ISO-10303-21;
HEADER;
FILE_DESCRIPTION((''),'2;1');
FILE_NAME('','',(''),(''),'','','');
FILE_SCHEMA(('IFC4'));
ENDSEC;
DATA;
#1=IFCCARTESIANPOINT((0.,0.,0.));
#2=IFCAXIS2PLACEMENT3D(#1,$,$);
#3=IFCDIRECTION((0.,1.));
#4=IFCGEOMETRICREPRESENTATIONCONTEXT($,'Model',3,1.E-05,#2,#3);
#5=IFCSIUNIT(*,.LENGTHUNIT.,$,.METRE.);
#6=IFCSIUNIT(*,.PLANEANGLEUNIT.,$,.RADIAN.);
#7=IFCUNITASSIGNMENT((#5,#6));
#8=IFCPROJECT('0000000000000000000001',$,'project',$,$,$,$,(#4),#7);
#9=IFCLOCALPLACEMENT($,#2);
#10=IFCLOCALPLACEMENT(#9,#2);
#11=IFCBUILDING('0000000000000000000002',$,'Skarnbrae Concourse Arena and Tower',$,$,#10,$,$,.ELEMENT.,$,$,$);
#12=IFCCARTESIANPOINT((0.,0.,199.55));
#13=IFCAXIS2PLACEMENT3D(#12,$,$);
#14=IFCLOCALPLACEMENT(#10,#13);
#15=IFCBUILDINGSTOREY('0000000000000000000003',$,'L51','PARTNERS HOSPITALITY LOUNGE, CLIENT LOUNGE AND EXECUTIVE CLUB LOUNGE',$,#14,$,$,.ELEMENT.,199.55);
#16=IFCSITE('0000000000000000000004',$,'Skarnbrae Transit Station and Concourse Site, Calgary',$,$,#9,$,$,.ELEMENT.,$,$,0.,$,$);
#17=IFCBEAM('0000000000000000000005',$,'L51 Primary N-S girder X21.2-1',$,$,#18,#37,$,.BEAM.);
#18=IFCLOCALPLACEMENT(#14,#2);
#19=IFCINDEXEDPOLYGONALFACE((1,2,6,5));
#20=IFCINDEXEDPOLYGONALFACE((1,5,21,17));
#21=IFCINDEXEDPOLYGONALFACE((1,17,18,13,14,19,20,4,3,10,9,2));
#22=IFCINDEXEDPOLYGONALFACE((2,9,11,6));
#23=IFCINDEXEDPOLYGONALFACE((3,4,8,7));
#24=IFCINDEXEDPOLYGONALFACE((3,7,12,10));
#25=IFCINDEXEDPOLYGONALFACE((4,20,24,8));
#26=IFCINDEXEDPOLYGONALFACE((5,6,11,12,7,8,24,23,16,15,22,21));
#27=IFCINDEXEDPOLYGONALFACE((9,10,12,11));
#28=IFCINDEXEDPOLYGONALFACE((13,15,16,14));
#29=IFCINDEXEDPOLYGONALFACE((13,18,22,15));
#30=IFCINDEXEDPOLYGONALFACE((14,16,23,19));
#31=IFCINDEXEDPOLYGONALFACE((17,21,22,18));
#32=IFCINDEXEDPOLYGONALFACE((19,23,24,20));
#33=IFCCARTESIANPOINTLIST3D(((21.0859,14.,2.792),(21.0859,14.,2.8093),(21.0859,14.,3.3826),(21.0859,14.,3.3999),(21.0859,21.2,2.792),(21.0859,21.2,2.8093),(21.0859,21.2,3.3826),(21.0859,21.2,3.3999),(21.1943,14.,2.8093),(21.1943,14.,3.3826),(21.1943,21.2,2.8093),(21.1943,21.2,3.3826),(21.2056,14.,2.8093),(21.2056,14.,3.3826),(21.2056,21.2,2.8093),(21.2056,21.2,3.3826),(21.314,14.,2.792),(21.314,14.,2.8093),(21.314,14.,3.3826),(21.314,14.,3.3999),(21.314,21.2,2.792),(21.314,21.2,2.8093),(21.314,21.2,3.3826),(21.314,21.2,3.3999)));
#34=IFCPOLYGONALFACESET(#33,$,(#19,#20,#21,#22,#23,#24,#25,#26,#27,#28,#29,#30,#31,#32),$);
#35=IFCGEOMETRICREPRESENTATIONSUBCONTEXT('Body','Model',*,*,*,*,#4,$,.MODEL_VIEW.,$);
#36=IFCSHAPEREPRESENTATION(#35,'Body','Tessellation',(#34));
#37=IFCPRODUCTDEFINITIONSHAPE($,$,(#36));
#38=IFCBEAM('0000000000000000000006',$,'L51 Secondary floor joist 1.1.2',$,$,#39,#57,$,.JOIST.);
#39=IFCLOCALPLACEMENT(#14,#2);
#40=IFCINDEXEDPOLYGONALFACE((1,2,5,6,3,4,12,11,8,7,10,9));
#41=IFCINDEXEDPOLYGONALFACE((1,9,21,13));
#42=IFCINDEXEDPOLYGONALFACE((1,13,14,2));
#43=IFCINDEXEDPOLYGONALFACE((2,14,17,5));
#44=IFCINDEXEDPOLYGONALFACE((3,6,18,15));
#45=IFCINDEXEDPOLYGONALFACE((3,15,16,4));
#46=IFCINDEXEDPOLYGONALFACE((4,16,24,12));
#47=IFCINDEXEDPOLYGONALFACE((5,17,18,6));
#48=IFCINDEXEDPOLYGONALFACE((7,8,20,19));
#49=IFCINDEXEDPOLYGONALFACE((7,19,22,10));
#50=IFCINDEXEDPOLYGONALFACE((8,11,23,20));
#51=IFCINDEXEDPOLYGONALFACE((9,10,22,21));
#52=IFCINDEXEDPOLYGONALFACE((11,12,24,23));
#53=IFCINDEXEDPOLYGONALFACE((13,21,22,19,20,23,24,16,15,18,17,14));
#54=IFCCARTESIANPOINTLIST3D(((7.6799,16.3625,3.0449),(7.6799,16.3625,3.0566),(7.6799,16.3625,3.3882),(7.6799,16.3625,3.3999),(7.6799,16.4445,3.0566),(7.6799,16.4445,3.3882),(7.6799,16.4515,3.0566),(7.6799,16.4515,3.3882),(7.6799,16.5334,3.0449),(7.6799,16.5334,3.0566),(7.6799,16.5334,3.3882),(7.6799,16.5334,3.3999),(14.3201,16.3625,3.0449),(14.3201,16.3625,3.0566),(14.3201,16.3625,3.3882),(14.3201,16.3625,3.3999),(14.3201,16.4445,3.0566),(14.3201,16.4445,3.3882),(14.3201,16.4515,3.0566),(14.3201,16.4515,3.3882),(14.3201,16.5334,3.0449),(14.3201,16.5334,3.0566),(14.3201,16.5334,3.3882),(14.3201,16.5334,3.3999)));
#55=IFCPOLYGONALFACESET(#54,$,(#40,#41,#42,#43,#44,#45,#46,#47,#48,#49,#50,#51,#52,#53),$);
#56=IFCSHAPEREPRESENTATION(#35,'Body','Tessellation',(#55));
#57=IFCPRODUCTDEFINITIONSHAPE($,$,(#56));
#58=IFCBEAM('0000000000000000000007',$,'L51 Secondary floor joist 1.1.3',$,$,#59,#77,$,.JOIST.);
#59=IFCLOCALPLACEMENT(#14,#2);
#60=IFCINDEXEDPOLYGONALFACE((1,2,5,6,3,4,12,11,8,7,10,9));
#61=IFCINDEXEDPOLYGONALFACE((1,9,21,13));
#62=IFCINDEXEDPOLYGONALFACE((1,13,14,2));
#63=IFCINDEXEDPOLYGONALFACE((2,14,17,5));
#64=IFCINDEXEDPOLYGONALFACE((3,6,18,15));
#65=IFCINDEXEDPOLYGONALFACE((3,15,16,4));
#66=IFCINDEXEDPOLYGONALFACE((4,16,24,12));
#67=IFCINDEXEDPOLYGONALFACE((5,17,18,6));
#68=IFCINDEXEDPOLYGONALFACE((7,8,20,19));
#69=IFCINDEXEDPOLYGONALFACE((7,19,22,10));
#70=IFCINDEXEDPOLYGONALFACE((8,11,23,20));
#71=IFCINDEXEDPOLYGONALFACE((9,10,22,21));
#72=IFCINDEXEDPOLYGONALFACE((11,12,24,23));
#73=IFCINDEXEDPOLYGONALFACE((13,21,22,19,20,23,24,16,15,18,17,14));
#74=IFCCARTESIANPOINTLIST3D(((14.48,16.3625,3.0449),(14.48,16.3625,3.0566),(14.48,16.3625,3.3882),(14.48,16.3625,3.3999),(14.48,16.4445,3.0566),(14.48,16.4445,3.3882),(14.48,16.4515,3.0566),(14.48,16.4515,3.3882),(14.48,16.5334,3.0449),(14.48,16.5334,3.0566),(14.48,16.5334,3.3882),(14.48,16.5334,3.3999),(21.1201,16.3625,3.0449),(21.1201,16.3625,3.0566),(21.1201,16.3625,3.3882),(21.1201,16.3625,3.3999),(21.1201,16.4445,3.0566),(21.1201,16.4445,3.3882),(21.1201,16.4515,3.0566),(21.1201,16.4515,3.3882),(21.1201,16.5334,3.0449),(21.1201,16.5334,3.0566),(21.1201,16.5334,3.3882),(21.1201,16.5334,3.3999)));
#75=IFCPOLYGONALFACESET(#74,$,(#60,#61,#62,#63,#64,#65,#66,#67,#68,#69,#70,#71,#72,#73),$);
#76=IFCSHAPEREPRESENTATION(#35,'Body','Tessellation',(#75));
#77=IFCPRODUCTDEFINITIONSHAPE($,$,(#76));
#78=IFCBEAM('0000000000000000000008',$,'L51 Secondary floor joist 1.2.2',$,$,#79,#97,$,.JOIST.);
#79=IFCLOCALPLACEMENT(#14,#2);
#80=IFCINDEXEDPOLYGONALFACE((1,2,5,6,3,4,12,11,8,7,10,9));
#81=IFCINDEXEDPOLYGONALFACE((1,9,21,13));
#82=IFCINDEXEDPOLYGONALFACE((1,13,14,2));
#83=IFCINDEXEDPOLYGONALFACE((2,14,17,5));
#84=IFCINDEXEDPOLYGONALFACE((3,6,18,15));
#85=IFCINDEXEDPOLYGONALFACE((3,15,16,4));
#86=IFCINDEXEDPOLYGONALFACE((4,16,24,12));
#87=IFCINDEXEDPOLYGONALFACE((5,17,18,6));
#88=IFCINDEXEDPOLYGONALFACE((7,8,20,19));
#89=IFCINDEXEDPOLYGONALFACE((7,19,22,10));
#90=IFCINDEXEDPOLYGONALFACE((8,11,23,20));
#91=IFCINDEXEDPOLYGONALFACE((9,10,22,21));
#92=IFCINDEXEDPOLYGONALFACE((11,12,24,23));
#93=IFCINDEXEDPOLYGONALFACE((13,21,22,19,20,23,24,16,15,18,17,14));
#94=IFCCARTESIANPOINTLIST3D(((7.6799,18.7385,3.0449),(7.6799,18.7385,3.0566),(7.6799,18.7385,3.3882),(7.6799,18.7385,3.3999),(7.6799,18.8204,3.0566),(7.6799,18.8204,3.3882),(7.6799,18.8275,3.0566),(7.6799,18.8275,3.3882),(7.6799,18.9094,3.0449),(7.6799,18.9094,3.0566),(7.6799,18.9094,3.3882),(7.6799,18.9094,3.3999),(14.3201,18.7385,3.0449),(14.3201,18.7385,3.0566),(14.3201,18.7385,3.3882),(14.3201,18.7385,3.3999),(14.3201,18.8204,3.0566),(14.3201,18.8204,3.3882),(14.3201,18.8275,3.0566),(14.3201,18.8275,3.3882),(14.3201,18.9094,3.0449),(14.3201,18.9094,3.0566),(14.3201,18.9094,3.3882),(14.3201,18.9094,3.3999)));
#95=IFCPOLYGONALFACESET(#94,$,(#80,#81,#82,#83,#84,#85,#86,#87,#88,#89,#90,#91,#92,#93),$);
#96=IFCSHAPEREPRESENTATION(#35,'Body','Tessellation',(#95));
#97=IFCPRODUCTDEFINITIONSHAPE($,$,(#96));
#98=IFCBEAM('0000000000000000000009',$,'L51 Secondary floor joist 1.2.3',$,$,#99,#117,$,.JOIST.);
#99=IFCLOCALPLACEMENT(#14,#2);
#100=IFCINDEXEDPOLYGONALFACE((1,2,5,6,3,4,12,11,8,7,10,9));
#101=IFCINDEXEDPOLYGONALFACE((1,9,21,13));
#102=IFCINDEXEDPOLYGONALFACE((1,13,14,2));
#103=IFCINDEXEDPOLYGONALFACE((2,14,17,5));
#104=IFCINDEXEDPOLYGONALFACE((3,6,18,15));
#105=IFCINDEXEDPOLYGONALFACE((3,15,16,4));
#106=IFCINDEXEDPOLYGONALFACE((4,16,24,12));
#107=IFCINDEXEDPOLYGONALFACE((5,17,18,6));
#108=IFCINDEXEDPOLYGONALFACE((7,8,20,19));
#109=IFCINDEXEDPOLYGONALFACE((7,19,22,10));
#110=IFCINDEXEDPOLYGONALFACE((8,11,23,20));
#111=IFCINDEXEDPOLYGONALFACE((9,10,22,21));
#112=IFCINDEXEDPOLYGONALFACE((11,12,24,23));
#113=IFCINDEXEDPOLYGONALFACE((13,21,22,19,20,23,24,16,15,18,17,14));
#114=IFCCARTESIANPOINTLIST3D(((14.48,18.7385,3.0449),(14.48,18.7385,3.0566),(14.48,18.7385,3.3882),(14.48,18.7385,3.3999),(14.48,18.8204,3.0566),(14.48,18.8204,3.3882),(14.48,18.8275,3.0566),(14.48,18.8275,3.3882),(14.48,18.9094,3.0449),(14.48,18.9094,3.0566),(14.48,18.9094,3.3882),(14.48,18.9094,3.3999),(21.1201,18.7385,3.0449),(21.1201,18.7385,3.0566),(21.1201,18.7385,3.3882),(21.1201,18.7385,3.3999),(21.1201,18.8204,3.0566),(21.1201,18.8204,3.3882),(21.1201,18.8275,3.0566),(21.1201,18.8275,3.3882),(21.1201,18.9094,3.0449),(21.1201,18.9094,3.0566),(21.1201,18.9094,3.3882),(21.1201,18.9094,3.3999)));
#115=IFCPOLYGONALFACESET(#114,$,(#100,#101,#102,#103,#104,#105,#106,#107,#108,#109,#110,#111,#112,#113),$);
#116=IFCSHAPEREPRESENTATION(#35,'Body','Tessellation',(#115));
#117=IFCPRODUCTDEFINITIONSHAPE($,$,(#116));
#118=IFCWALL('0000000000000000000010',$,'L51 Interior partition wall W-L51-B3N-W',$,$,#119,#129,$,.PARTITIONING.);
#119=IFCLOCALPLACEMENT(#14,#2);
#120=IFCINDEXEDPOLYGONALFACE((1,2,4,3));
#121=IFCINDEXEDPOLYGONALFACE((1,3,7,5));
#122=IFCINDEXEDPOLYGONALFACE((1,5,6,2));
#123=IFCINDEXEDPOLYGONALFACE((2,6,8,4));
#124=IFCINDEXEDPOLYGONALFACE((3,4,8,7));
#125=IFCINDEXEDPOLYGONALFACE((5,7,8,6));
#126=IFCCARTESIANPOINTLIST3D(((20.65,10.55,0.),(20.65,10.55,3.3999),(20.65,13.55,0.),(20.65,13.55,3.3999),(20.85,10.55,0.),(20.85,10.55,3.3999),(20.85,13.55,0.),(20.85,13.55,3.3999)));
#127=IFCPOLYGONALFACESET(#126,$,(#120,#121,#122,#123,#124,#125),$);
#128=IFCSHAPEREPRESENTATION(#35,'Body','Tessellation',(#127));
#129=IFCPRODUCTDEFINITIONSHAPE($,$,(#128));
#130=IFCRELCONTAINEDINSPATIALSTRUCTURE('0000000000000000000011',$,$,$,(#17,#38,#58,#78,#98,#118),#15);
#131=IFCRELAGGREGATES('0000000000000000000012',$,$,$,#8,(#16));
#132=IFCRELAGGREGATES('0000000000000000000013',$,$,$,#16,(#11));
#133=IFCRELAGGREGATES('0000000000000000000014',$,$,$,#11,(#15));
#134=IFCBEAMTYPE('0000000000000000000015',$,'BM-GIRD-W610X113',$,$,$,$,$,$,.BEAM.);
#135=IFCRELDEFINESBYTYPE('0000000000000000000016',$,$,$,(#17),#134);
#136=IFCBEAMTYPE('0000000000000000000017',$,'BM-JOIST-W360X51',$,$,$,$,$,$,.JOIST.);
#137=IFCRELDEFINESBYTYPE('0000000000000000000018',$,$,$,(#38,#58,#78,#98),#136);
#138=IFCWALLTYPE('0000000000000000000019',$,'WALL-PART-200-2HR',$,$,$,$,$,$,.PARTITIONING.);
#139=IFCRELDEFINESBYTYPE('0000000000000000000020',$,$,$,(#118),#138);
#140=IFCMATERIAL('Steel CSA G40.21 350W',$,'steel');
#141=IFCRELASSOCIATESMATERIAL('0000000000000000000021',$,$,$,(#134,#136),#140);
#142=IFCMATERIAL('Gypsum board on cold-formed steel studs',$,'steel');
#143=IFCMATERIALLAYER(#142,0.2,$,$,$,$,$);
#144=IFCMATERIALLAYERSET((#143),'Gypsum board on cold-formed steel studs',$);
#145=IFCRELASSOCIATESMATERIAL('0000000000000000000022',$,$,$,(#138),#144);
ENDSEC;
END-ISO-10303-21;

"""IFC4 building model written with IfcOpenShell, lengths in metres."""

from ifc_helpers import new_model, si_unit, direction, frame, frame_2d, origin, origin_2d, place, context, subcontext, project, spatial, rectangle, i_section, extrude, source, transform, mapped, material, layer, layer_set, material_profile, profile_set, type_object, element, save


model = new_model("IFC4")

# Units and contexts
model_context = context("Model", 3, precision=1e-05, world=origin(), true_north=direction((0.0, 1.0)))
body_context = subcontext(model_context, "Body", "Model", "MODEL_VIEW")
ifc_project = project(units=[si_unit("LENGTHUNIT", "METRE"), si_unit("PLANEANGLEUNIT", "RADIAN")], contexts=[model_context])

# Site, building, storey
site_placement = place(None, origin())
site = spatial("IfcSite", under=ifc_project, at=site_placement, Name="Skarnbrae Transit Station and Concourse Site, Calgary", CompositionType="ELEMENT", RefElevation=0.0)
building_placement = place(site_placement, origin())
building = spatial("IfcBuilding", under=site, at=building_placement, Name="Skarnbrae Concourse Arena and Tower", CompositionType="ELEMENT")
storey_placement = place(building_placement, frame((0.0, 0.0, 199.55)))
storey = spatial("IfcBuildingStorey", under=building, at=storey_placement, Name="L51", Description="PARTNERS HOSPITALITY LOUNGE, CLIENT LOUNGE AND EXECUTIVE CLUB LOUNGE", CompositionType="ELEMENT", Elevation=199.55)

# Shared definitions
ifc_material_1 = material(Name="Steel CSA G40.21 350W", Category="steel")

# Beams
ifc_material_profile_1 = material_profile(ifc_material_1, i_section(OverallWidth=0.228, OverallDepth=0.6079, WebThickness=0.0112, FlangeThickness=0.0173, at=origin_2d()), Name="W610X113")
ifc_profile_set_1 = profile_set([ifc_material_profile_1], Name="Steel CSA G40.21 350W")
beam_type_1 = type_object("IfcBeamType", Name="BM-GIRD-W610X113", PredefinedType="BEAM", material=ifc_profile_set_1)
shared_shape_1 = source(origin(), body_context, "Body", "SweptSolid", [
    extrude(i_section(OverallWidth=0.228, OverallDepth=0.6079, WebThickness=0.0112, FlangeThickness=0.0173, at=origin_2d()), origin(), (0.0, 0.0, 1.0), 7.2),
])
for number, where, z_axis, x_axis, name in (
    (1, (21.2, 14.0, 3.0959), (0.0, 1.0, 0.0), (-1.0, 0.0, 0.0), "L51 Primary N-S girder X21.2-1"),
):
    element("IfcBeam", number, at=place(storey_placement, frame(where, z_axis=z_axis, x_axis=x_axis)), inside=storey, type_object=beam_type_1, Name=name, PredefinedType="BEAM", context=body_context, shape_type="MappedRepresentation", body=[
        mapped(shared_shape_1, transform((0.0, 0.0, 0.0))),
    ])
ifc_material_profile_2 = material_profile(ifc_material_1, i_section(OverallWidth=0.1709, OverallDepth=0.355, WebThickness=0.0071, FlangeThickness=0.0117, at=origin_2d()), Name="W360X51")
ifc_profile_set_2 = profile_set([ifc_material_profile_2], Name="Steel CSA G40.21 350W")
beam_type_2 = type_object("IfcBeamType", Name="BM-JOIST-W360X51", PredefinedType="JOIST", material=ifc_profile_set_2)
shared_shape_2 = source(origin(), body_context, "Body", "SweptSolid", [
    extrude(i_section(OverallWidth=0.1709, OverallDepth=0.355, WebThickness=0.0071, FlangeThickness=0.0117, at=origin_2d()), origin(), (0.0, 0.0, 1.0), 6.6401),
])
for number, where, z_axis, x_axis, name in (
    (2, (7.6799, 16.448, 3.2224), (1.0, 0.0, 0.0), (0.0, 1.0, 0.0), "L51 Secondary floor joist 1.1.2"),
    (3, (14.48, 16.448, 3.2224), (1.0, 0.0, 0.0), (0.0, 1.0, 0.0), "L51 Secondary floor joist 1.1.3"),
    (4, (7.6799, 18.824, 3.2224), (1.0, 0.0, 0.0), (0.0, 1.0, 0.0), "L51 Secondary floor joist 1.2.2"),
    (5, (14.48, 18.824, 3.2224), (1.0, 0.0, 0.0), (0.0, 1.0, 0.0), "L51 Secondary floor joist 1.2.3"),
):
    element("IfcBeam", number, at=place(storey_placement, frame(where, z_axis=z_axis, x_axis=x_axis)), inside=storey, type_object=beam_type_2, Name=name, PredefinedType="JOIST", context=body_context, shape_type="MappedRepresentation", body=[
        mapped(shared_shape_2, transform((0.0, 0.0, 0.0))),
    ])

# Shared definitions
ifc_material_2 = material(Name="Gypsum board on cold-formed steel studs", Category="steel")
ifc_layer_1 = layer(ifc_material_2, 0.2)
ifc_layer_set_1 = layer_set([ifc_layer_1], Name="Gypsum board on cold-formed steel studs")
wall_type_1 = type_object("IfcWallType", Name="WALL-PART-200-2HR", PredefinedType="PARTITIONING", material=ifc_layer_set_1)

# Wall
shared_shape_3 = source(origin(), body_context, "Body", "SweptSolid", [
    extrude(rectangle(XDim=3.0, YDim=0.2, at=frame_2d((1.5, 0.0))), origin(), (0.0, 0.0, 1.0), 3.3999),
])
wall_1_placement = place(storey_placement, frame((20.75, 10.55, 0.0), z_axis=(0.0, 0.0, 1.0), x_axis=(0.0, 1.0, 0.0)))
element("IfcWall", 6, at=wall_1_placement, inside=storey, type_object=wall_type_1, Name="L51 Interior partition wall W-L51-B3N-W", PredefinedType="PARTITIONING", context=body_context, shape_type="MappedRepresentation", body=[
    mapped(shared_shape_3, transform((0.0, 0.0, 0.0))),
])

save(model, "model.ifc")
